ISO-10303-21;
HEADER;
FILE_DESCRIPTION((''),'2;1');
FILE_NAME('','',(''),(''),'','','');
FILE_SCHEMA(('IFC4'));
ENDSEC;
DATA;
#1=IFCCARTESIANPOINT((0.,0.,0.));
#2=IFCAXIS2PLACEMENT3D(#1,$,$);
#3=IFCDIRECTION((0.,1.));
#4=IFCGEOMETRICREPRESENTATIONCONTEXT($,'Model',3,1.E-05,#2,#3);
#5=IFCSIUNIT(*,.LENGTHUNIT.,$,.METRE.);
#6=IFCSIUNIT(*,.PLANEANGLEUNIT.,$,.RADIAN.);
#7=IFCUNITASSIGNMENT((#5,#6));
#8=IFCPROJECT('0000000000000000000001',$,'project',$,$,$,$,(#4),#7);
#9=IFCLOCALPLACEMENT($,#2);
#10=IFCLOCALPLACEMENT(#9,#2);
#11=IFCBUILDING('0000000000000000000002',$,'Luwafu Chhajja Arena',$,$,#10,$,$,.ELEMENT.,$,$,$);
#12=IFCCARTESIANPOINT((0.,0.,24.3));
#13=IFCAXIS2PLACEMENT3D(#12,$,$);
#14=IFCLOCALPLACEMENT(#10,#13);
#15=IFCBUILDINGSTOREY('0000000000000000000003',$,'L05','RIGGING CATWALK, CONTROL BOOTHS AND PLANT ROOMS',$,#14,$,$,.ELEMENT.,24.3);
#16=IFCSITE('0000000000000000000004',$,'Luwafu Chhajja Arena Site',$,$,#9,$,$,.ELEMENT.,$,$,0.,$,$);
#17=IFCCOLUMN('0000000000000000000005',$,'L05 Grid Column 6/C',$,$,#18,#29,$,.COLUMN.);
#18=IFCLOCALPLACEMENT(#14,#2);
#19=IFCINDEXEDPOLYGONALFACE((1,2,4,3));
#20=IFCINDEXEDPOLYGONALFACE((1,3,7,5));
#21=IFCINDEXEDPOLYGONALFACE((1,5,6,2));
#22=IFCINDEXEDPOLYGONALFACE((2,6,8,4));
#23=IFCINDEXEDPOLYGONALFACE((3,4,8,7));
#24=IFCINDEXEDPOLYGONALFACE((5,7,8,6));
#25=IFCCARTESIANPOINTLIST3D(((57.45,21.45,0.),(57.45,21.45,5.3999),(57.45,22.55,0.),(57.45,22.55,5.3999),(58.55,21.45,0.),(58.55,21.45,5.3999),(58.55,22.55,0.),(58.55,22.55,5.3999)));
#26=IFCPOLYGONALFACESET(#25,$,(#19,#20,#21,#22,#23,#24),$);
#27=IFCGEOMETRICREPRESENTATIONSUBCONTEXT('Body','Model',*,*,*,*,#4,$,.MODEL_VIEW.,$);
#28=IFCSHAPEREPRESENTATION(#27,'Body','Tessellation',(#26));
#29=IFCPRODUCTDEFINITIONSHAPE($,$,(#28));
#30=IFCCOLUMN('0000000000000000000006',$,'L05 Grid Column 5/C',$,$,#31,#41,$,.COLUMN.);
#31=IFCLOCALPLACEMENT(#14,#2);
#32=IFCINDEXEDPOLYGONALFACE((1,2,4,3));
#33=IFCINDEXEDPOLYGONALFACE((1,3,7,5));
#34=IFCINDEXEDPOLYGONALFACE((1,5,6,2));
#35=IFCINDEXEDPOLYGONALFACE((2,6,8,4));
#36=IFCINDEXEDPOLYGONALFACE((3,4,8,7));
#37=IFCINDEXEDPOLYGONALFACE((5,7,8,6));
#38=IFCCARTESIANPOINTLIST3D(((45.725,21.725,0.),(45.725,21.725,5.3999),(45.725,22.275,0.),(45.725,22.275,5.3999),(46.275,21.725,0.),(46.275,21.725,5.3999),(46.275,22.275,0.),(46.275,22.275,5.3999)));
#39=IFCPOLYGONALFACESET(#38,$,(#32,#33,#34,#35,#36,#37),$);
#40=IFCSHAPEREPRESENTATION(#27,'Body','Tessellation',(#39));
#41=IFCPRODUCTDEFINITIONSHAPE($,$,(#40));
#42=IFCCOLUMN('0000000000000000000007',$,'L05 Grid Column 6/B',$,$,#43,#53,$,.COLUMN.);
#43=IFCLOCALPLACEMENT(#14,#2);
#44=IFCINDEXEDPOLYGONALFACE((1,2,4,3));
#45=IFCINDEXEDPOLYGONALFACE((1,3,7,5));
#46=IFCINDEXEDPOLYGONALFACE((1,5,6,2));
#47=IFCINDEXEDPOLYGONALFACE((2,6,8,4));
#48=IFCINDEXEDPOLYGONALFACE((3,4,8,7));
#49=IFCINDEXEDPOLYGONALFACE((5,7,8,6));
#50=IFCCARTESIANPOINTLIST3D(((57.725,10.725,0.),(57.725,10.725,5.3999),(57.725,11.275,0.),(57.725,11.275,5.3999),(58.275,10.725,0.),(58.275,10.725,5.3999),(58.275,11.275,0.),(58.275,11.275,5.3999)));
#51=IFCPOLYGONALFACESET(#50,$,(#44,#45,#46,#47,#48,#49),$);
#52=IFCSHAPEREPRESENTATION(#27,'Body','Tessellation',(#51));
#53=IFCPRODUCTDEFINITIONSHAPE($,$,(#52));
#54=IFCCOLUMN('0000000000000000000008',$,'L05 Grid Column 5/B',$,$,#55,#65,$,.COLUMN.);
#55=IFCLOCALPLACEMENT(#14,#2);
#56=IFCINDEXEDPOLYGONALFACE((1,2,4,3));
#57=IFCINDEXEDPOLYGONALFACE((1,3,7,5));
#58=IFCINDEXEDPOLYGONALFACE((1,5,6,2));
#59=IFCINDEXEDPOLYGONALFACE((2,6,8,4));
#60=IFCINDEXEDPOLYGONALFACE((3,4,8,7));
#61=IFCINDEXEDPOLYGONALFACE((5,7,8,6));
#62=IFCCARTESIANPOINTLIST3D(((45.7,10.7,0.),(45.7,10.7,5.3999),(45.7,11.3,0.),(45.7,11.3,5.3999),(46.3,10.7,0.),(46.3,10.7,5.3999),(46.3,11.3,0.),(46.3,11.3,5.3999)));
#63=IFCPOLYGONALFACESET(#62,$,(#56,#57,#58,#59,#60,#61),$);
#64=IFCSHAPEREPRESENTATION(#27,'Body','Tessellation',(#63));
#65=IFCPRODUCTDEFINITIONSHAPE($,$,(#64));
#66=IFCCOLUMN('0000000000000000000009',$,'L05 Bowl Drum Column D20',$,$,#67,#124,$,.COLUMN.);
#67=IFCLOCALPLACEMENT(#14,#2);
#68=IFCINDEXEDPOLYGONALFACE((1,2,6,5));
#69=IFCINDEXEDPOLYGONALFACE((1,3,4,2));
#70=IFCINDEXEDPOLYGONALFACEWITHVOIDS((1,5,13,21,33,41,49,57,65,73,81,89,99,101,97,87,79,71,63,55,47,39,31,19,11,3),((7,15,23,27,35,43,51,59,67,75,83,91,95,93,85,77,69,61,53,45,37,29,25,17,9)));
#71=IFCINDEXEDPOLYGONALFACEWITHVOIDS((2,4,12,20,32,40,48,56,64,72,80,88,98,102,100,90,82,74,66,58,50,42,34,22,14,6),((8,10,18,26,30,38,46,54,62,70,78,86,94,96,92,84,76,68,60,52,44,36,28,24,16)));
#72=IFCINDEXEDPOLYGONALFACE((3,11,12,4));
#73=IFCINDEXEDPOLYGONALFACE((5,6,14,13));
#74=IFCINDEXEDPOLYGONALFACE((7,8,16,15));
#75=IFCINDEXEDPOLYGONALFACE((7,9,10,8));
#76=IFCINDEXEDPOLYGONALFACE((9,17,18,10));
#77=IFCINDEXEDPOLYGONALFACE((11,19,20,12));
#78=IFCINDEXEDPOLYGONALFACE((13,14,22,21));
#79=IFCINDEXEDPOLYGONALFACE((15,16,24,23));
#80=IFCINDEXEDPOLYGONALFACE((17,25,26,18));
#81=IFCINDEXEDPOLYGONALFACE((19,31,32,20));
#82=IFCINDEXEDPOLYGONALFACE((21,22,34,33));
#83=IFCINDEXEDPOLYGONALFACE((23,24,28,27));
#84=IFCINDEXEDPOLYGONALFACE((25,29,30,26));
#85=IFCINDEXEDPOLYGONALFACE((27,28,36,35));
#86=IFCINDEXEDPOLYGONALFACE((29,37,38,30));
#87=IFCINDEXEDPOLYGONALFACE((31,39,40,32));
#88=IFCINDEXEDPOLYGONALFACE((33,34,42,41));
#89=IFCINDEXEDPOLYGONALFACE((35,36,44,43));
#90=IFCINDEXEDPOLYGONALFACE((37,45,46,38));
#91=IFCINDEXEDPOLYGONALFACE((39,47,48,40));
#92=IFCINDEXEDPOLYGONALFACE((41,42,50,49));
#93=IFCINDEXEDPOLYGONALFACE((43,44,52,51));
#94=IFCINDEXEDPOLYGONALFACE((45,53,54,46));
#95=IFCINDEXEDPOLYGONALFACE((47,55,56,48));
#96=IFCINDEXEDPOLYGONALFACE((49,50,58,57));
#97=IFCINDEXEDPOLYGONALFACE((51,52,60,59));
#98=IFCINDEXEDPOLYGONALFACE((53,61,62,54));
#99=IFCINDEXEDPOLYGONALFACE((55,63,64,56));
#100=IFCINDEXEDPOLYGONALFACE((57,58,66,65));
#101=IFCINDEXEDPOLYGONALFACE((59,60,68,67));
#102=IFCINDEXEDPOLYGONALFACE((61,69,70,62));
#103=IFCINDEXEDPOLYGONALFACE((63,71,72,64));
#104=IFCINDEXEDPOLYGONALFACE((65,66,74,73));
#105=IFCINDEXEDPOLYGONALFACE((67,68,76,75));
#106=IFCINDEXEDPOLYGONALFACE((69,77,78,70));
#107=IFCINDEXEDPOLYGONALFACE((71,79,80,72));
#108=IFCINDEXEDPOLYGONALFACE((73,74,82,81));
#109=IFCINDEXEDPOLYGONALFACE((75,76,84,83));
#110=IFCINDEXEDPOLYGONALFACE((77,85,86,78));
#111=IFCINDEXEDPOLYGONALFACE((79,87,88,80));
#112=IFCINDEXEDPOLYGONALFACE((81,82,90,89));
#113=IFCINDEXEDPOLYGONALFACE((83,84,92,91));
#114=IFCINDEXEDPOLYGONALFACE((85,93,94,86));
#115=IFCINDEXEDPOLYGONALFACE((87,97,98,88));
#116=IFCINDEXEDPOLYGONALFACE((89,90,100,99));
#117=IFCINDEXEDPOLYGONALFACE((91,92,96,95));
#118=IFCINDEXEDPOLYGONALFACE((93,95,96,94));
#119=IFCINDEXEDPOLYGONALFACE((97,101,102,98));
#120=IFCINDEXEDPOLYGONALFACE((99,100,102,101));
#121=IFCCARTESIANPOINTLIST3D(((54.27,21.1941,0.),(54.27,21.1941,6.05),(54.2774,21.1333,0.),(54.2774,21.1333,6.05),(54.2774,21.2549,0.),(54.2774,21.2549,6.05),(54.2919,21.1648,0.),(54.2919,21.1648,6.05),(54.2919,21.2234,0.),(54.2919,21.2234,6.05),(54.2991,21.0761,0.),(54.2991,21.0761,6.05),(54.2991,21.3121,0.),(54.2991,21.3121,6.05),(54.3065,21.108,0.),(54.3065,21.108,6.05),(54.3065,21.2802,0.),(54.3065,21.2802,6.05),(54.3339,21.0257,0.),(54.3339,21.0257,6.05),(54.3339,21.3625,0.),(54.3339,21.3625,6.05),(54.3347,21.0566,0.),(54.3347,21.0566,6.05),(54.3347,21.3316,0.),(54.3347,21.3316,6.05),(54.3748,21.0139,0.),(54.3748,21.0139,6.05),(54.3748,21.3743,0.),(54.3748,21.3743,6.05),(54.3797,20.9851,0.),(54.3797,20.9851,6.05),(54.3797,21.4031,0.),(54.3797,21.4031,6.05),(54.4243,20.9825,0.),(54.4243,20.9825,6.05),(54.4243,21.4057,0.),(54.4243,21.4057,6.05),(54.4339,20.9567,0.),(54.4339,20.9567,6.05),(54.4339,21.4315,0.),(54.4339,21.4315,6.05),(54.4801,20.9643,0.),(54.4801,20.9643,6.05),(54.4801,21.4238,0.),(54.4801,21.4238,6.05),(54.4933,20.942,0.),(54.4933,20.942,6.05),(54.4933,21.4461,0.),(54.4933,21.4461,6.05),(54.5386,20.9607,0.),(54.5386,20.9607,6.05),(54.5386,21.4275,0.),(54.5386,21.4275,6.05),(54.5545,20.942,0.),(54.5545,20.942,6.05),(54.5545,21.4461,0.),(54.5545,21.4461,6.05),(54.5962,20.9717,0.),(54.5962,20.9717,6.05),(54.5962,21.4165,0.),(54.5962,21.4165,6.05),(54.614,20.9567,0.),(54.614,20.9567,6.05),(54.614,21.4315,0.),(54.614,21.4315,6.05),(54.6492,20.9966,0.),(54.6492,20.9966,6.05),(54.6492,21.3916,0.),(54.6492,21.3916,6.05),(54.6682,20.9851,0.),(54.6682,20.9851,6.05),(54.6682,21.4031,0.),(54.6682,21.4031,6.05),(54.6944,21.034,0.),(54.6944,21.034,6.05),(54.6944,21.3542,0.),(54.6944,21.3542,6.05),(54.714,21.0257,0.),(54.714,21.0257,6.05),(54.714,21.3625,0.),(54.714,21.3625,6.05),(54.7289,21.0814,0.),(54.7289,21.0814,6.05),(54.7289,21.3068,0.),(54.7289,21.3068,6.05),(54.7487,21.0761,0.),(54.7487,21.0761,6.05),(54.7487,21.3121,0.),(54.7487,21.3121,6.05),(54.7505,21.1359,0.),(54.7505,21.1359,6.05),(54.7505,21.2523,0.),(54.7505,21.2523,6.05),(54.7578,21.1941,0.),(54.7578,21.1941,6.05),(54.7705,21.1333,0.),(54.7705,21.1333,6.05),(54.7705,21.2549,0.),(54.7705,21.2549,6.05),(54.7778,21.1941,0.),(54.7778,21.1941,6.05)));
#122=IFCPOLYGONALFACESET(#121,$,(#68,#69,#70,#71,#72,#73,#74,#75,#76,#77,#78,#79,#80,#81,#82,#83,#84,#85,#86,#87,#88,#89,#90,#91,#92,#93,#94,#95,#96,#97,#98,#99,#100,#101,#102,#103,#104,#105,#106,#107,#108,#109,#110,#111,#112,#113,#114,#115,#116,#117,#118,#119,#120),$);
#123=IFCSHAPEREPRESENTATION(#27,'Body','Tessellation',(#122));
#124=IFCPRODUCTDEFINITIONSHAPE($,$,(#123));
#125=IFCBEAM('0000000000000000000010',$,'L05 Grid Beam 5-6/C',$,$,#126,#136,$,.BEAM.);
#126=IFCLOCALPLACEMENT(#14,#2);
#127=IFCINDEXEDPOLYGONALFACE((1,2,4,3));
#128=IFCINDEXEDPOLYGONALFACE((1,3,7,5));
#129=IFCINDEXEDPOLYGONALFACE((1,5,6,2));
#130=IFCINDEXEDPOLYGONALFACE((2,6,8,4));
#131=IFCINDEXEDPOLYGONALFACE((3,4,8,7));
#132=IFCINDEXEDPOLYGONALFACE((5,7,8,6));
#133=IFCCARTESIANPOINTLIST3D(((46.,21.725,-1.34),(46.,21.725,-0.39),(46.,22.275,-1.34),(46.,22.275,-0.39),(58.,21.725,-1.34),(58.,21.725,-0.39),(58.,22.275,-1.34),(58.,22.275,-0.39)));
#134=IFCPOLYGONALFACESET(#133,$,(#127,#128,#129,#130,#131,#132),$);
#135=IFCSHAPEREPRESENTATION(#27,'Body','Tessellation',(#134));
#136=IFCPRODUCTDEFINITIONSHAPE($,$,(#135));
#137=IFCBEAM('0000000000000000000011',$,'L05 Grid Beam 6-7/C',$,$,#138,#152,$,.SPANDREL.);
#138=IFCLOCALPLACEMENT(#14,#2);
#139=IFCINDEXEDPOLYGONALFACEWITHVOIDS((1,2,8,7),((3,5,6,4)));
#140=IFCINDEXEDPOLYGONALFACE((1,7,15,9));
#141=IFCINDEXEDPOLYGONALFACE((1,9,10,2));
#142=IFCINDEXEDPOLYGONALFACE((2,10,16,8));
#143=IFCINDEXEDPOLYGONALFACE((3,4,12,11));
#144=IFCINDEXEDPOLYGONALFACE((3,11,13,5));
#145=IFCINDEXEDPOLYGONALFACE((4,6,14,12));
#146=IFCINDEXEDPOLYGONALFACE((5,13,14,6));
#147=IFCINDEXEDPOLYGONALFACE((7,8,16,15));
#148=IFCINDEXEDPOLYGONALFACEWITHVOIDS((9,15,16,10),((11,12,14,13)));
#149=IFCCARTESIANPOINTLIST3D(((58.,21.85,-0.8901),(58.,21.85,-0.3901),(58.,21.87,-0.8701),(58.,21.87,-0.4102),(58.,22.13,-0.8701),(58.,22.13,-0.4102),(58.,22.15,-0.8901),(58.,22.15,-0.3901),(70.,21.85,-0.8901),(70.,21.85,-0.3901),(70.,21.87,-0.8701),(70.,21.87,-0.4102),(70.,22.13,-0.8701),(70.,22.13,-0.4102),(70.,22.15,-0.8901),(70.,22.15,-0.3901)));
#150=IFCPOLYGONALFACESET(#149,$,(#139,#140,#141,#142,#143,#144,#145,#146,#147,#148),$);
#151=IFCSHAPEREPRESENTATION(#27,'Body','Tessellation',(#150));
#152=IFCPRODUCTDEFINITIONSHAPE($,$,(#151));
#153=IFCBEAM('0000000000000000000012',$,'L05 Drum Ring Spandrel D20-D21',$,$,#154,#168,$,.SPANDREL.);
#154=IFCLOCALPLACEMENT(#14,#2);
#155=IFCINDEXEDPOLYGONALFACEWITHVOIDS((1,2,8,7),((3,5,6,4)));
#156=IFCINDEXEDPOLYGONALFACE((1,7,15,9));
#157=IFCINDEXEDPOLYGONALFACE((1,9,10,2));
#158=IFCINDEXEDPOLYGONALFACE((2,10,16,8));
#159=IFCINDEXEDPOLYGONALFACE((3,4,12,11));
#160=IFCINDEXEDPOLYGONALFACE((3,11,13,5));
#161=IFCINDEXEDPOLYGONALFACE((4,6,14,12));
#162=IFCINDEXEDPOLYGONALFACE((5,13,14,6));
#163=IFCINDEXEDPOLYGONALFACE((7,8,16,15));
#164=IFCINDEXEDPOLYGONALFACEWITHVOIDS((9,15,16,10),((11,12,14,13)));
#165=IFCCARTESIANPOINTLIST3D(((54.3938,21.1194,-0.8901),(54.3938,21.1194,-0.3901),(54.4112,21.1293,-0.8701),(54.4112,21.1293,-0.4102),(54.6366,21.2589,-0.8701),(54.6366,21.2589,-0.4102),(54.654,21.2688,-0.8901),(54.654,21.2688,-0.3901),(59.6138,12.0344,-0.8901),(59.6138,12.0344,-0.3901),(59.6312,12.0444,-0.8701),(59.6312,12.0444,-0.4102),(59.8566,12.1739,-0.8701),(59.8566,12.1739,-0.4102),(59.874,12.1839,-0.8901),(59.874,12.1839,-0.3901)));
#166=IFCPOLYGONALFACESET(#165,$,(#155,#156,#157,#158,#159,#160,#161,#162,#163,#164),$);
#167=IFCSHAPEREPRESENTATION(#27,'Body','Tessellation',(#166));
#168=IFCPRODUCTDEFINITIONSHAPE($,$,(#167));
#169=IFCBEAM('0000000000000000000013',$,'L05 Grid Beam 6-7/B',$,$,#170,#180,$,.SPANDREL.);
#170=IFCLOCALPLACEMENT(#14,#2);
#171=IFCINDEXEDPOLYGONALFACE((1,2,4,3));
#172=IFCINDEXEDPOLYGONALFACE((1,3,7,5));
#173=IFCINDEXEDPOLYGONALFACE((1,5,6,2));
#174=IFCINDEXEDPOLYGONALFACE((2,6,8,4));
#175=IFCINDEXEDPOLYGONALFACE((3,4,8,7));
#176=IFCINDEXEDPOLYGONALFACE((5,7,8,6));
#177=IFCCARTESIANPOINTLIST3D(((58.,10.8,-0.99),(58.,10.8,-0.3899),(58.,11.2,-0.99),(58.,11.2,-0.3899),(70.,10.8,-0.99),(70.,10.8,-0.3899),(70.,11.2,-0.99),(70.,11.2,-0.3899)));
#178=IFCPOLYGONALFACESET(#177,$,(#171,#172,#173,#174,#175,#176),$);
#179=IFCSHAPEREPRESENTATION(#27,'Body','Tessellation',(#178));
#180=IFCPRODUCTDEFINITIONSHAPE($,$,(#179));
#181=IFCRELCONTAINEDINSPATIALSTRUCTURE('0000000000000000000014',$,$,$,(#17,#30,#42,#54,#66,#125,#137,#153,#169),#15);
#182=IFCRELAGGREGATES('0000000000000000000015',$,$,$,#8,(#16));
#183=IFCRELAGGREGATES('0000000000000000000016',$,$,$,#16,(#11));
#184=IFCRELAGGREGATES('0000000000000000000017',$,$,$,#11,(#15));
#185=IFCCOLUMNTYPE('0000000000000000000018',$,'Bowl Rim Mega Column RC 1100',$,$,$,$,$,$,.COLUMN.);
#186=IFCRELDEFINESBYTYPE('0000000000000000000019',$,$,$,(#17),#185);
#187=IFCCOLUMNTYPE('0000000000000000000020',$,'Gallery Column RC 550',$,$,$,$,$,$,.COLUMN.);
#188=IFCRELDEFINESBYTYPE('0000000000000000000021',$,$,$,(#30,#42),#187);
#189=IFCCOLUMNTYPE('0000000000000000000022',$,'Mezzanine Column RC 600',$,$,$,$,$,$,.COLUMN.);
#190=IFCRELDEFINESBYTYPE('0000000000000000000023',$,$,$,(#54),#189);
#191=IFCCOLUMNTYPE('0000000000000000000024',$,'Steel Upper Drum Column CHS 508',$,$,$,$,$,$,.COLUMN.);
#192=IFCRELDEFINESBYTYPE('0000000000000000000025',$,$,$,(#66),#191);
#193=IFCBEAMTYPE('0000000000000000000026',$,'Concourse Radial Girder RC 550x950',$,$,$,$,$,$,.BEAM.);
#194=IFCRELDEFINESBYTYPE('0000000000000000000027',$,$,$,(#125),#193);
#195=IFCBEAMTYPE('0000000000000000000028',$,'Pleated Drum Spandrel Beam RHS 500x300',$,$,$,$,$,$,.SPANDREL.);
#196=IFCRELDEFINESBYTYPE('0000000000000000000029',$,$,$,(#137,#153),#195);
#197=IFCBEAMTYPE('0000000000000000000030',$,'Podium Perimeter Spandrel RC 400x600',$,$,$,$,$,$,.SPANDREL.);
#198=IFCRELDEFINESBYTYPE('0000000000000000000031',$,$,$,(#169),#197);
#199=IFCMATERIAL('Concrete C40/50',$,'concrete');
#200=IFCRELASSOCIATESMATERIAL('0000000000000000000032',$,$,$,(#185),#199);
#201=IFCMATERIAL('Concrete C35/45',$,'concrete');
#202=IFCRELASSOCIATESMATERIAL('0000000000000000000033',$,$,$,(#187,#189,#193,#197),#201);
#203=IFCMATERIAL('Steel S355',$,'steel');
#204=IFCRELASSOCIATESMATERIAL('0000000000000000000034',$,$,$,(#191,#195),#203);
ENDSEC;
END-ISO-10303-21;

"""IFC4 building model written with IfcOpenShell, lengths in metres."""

from ifc_helpers import new_model, si_unit, direction, frame, origin, origin_2d, place, context, subcontext, project, spatial, rectangle, hollow_rectangle, hollow_circle, extrude, material, material_profile, profile_set, type_object, element, save


model = new_model("IFC4")

# Units and contexts
model_context = context("Model", 3, precision=1e-05, world=origin(), true_north=direction((0.0, 1.0)))
body_context = subcontext(model_context, "Body", "Model", "MODEL_VIEW")
ifc_project = project(units=[si_unit("LENGTHUNIT", "METRE"), si_unit("PLANEANGLEUNIT", "RADIAN")], contexts=[model_context])

# Site, building, storey
site_placement = place(None, origin())
site = spatial("IfcSite", under=ifc_project, at=site_placement, Name="Luwafu Chhajja Arena Site", CompositionType="ELEMENT", RefElevation=0.0)
building_placement = place(site_placement, origin())
building = spatial("IfcBuilding", under=site, at=building_placement, Name="Luwafu Chhajja Arena", CompositionType="ELEMENT")
storey_placement = place(building_placement, frame((0.0, 0.0, 24.3)))
storey = spatial("IfcBuildingStorey", under=building, at=storey_placement, Name="L05", Description="RIGGING CATWALK, CONTROL BOOTHS AND PLANT ROOMS", CompositionType="ELEMENT", Elevation=24.3)

# Columns
ifc_material_1 = material(Name="Concrete C40/50", Category="concrete")
ifc_material_profile_1 = material_profile(ifc_material_1, rectangle(XDim=1.1001, YDim=1.1001, at=origin_2d()), Name="RC 1100x1100")
ifc_profile_set_1 = profile_set([ifc_material_profile_1], Name="Concrete C40/50")
column_type_1 = type_object("IfcColumnType", Name="Bowl Rim Mega Column RC 1100", PredefinedType="COLUMN", material=ifc_profile_set_1)
column_1_placement = place(storey_placement, frame((58.0, 22.0, 0.0), z_axis=(0.0, 0.0, 1.0), x_axis=(1.0, 0.0, 0.0)))
element("IfcColumn", 1, at=column_1_placement, inside=storey, type_object=column_type_1, Name="L05 Grid Column 6/C", PredefinedType="COLUMN", context=body_context, shape_type="SweptSolid", body=[
    extrude(rectangle(XDim=1.1001, YDim=1.1001, at=origin_2d()), origin(), (0.0, 0.0, 1.0), 5.3999),
])
ifc_material_2 = material(Name="Concrete C35/45", Category="concrete")
ifc_material_profile_2 = material_profile(ifc_material_2, rectangle(XDim=0.55, YDim=0.55, at=origin_2d()), Name="RC 550x550")
ifc_profile_set_2 = profile_set([ifc_material_profile_2], Name="Concrete C35/45")
column_type_2 = type_object("IfcColumnType", Name="Gallery Column RC 550", PredefinedType="COLUMN", material=ifc_profile_set_2)
for number, where, z_axis, x_axis, name in (
    (2, (46.0, 22.0, 0.0), (0.0, 0.0, 1.0), (1.0, 0.0, 0.0), "L05 Grid Column 5/C"),
    (3, (58.0, 11.0, 0.0), (0.0, 0.0, 1.0), (1.0, 0.0, 0.0), "L05 Grid Column 6/B"),
):
    element("IfcColumn", number, at=place(storey_placement, frame(where, z_axis=z_axis, x_axis=x_axis)), inside=storey, type_object=column_type_2, Name=name, PredefinedType="COLUMN", context=body_context, shape_type="SweptSolid", body=[
        extrude(rectangle(XDim=0.55, YDim=0.55, at=origin_2d()), origin(), (0.0, 0.0, 1.0), 5.3999),
    ])
ifc_material_profile_3 = material_profile(ifc_material_2, rectangle(XDim=0.6001, YDim=0.6001, at=origin_2d()), Name="RC 600x600")
ifc_profile_set_3 = profile_set([ifc_material_profile_3], Name="Concrete C35/45")
column_type_3 = type_object("IfcColumnType", Name="Mezzanine Column RC 600", PredefinedType="COLUMN", material=ifc_profile_set_3)
column_2_placement = place(storey_placement, frame((46.0, 11.0, 0.0), z_axis=(0.0, 0.0, 1.0), x_axis=(1.0, 0.0, 0.0)))
element("IfcColumn", 4, at=column_2_placement, inside=storey, type_object=column_type_3, Name="L05 Grid Column 5/B", PredefinedType="COLUMN", context=body_context, shape_type="SweptSolid", body=[
    extrude(rectangle(XDim=0.6001, YDim=0.6001, at=origin_2d()), origin(), (0.0, 0.0, 1.0), 5.3999),
])
ifc_material_3 = material(Name="Steel S355", Category="steel")
ifc_material_profile_4 = material_profile(ifc_material_3, hollow_circle(Radius=0.2539, WallThickness=0.02, at=origin_2d()), Name="CHS 508x20")
ifc_profile_set_4 = profile_set([ifc_material_profile_4], Name="Steel S355")
column_type_4 = type_object("IfcColumnType", Name="Steel Upper Drum Column CHS 508", PredefinedType="COLUMN", material=ifc_profile_set_4)
column_3_placement = place(storey_placement, frame((54.5239, 21.1941, 0.0), z_axis=(0.0, 0.0, 1.0), x_axis=(1.0, 0.0, 0.0)))
element("IfcColumn", 5, at=column_3_placement, inside=storey, type_object=column_type_4, Name="L05 Bowl Drum Column D20", PredefinedType="COLUMN", context=body_context, shape_type="SweptSolid", body=[
    extrude(hollow_circle(Radius=0.2539, WallThickness=0.02, at=origin_2d()), origin(), (0.0, 0.0, 1.0), 6.05),
])

# Beams
ifc_material_profile_5 = material_profile(ifc_material_2, rectangle(XDim=0.55, YDim=0.95, at=origin_2d()), Name="RC 550x950")
ifc_profile_set_5 = profile_set([ifc_material_profile_5], Name="Concrete C35/45")
beam_type_1 = type_object("IfcBeamType", Name="Concourse Radial Girder RC 550x950", PredefinedType="BEAM", material=ifc_profile_set_5)
beam_1_placement = place(storey_placement, frame((46.0, 22.0, -0.865), z_axis=(1.0, 0.0, 0.0), x_axis=(0.0, 1.0, 0.0)))
element("IfcBeam", 6, at=beam_1_placement, inside=storey, type_object=beam_type_1, Name="L05 Grid Beam 5-6/C", PredefinedType="BEAM", context=body_context, shape_type="SweptSolid", body=[
    extrude(rectangle(XDim=0.55, YDim=0.95, at=origin_2d()), origin(), (0.0, 0.0, 1.0), 12.0),
])
ifc_material_profile_6 = material_profile(ifc_material_3, hollow_rectangle(XDim=0.3, YDim=0.5, WallThickness=0.02, at=origin_2d()), Name="RHS 500x300x20")
ifc_profile_set_6 = profile_set([ifc_material_profile_6], Name="Steel S355")
beam_type_2 = type_object("IfcBeamType", Name="Pleated Drum Spandrel Beam RHS 500x300", PredefinedType="SPANDREL", material=ifc_profile_set_6)
beam_2_placement = place(storey_placement, frame((58.0, 22.0, -0.6401), z_axis=(1.0, 0.0, 0.0), x_axis=(0.0, 1.0, 0.0)))
element("IfcBeam", 7, at=beam_2_placement, inside=storey, type_object=beam_type_2, Name="L05 Grid Beam 6-7/C", PredefinedType="SPANDREL", context=body_context, shape_type="SweptSolid", body=[
    extrude(hollow_rectangle(XDim=0.3, YDim=0.5, WallThickness=0.02, at=origin_2d()), origin(), (0.0, 0.0, 1.0), 12.0),
])
beam_3_placement = place(storey_placement, frame((54.5239, 21.1941, -0.6401), z_axis=(0.498193, -0.867066, 0.0), x_axis=(0.867066, 0.498193, 0.0)))
element("IfcBeam", 8, at=beam_3_placement, inside=storey, type_object=beam_type_2, Name="L05 Drum Ring Spandrel D20-D21", PredefinedType="SPANDREL", context=body_context, shape_type="SweptSolid", body=[
    extrude(hollow_rectangle(XDim=0.3, YDim=0.5, WallThickness=0.02, at=origin_2d()), origin(), (0.0, 0.0, 1.0), 10.4778),
])
ifc_material_profile_7 = material_profile(ifc_material_2, rectangle(XDim=0.3999, YDim=0.6001, at=origin_2d()), Name="RC 400x600")
ifc_profile_set_7 = profile_set([ifc_material_profile_7], Name="Concrete C35/45")
beam_type_3 = type_object("IfcBeamType", Name="Podium Perimeter Spandrel RC 400x600", PredefinedType="SPANDREL", material=ifc_profile_set_7)
beam_4_placement = place(storey_placement, frame((58.0, 11.0, -0.6899), z_axis=(1.0, 0.0, 0.0), x_axis=(0.0, 1.0, 0.0)))
element("IfcBeam", 9, at=beam_4_placement, inside=storey, type_object=beam_type_3, Name="L05 Grid Beam 6-7/B", PredefinedType="SPANDREL", context=body_context, shape_type="SweptSolid", body=[
    extrude(rectangle(XDim=0.3999, YDim=0.6001, at=origin_2d()), origin(), (0.0, 0.0, 1.0), 12.0),
])

save(model, "model.ifc")
